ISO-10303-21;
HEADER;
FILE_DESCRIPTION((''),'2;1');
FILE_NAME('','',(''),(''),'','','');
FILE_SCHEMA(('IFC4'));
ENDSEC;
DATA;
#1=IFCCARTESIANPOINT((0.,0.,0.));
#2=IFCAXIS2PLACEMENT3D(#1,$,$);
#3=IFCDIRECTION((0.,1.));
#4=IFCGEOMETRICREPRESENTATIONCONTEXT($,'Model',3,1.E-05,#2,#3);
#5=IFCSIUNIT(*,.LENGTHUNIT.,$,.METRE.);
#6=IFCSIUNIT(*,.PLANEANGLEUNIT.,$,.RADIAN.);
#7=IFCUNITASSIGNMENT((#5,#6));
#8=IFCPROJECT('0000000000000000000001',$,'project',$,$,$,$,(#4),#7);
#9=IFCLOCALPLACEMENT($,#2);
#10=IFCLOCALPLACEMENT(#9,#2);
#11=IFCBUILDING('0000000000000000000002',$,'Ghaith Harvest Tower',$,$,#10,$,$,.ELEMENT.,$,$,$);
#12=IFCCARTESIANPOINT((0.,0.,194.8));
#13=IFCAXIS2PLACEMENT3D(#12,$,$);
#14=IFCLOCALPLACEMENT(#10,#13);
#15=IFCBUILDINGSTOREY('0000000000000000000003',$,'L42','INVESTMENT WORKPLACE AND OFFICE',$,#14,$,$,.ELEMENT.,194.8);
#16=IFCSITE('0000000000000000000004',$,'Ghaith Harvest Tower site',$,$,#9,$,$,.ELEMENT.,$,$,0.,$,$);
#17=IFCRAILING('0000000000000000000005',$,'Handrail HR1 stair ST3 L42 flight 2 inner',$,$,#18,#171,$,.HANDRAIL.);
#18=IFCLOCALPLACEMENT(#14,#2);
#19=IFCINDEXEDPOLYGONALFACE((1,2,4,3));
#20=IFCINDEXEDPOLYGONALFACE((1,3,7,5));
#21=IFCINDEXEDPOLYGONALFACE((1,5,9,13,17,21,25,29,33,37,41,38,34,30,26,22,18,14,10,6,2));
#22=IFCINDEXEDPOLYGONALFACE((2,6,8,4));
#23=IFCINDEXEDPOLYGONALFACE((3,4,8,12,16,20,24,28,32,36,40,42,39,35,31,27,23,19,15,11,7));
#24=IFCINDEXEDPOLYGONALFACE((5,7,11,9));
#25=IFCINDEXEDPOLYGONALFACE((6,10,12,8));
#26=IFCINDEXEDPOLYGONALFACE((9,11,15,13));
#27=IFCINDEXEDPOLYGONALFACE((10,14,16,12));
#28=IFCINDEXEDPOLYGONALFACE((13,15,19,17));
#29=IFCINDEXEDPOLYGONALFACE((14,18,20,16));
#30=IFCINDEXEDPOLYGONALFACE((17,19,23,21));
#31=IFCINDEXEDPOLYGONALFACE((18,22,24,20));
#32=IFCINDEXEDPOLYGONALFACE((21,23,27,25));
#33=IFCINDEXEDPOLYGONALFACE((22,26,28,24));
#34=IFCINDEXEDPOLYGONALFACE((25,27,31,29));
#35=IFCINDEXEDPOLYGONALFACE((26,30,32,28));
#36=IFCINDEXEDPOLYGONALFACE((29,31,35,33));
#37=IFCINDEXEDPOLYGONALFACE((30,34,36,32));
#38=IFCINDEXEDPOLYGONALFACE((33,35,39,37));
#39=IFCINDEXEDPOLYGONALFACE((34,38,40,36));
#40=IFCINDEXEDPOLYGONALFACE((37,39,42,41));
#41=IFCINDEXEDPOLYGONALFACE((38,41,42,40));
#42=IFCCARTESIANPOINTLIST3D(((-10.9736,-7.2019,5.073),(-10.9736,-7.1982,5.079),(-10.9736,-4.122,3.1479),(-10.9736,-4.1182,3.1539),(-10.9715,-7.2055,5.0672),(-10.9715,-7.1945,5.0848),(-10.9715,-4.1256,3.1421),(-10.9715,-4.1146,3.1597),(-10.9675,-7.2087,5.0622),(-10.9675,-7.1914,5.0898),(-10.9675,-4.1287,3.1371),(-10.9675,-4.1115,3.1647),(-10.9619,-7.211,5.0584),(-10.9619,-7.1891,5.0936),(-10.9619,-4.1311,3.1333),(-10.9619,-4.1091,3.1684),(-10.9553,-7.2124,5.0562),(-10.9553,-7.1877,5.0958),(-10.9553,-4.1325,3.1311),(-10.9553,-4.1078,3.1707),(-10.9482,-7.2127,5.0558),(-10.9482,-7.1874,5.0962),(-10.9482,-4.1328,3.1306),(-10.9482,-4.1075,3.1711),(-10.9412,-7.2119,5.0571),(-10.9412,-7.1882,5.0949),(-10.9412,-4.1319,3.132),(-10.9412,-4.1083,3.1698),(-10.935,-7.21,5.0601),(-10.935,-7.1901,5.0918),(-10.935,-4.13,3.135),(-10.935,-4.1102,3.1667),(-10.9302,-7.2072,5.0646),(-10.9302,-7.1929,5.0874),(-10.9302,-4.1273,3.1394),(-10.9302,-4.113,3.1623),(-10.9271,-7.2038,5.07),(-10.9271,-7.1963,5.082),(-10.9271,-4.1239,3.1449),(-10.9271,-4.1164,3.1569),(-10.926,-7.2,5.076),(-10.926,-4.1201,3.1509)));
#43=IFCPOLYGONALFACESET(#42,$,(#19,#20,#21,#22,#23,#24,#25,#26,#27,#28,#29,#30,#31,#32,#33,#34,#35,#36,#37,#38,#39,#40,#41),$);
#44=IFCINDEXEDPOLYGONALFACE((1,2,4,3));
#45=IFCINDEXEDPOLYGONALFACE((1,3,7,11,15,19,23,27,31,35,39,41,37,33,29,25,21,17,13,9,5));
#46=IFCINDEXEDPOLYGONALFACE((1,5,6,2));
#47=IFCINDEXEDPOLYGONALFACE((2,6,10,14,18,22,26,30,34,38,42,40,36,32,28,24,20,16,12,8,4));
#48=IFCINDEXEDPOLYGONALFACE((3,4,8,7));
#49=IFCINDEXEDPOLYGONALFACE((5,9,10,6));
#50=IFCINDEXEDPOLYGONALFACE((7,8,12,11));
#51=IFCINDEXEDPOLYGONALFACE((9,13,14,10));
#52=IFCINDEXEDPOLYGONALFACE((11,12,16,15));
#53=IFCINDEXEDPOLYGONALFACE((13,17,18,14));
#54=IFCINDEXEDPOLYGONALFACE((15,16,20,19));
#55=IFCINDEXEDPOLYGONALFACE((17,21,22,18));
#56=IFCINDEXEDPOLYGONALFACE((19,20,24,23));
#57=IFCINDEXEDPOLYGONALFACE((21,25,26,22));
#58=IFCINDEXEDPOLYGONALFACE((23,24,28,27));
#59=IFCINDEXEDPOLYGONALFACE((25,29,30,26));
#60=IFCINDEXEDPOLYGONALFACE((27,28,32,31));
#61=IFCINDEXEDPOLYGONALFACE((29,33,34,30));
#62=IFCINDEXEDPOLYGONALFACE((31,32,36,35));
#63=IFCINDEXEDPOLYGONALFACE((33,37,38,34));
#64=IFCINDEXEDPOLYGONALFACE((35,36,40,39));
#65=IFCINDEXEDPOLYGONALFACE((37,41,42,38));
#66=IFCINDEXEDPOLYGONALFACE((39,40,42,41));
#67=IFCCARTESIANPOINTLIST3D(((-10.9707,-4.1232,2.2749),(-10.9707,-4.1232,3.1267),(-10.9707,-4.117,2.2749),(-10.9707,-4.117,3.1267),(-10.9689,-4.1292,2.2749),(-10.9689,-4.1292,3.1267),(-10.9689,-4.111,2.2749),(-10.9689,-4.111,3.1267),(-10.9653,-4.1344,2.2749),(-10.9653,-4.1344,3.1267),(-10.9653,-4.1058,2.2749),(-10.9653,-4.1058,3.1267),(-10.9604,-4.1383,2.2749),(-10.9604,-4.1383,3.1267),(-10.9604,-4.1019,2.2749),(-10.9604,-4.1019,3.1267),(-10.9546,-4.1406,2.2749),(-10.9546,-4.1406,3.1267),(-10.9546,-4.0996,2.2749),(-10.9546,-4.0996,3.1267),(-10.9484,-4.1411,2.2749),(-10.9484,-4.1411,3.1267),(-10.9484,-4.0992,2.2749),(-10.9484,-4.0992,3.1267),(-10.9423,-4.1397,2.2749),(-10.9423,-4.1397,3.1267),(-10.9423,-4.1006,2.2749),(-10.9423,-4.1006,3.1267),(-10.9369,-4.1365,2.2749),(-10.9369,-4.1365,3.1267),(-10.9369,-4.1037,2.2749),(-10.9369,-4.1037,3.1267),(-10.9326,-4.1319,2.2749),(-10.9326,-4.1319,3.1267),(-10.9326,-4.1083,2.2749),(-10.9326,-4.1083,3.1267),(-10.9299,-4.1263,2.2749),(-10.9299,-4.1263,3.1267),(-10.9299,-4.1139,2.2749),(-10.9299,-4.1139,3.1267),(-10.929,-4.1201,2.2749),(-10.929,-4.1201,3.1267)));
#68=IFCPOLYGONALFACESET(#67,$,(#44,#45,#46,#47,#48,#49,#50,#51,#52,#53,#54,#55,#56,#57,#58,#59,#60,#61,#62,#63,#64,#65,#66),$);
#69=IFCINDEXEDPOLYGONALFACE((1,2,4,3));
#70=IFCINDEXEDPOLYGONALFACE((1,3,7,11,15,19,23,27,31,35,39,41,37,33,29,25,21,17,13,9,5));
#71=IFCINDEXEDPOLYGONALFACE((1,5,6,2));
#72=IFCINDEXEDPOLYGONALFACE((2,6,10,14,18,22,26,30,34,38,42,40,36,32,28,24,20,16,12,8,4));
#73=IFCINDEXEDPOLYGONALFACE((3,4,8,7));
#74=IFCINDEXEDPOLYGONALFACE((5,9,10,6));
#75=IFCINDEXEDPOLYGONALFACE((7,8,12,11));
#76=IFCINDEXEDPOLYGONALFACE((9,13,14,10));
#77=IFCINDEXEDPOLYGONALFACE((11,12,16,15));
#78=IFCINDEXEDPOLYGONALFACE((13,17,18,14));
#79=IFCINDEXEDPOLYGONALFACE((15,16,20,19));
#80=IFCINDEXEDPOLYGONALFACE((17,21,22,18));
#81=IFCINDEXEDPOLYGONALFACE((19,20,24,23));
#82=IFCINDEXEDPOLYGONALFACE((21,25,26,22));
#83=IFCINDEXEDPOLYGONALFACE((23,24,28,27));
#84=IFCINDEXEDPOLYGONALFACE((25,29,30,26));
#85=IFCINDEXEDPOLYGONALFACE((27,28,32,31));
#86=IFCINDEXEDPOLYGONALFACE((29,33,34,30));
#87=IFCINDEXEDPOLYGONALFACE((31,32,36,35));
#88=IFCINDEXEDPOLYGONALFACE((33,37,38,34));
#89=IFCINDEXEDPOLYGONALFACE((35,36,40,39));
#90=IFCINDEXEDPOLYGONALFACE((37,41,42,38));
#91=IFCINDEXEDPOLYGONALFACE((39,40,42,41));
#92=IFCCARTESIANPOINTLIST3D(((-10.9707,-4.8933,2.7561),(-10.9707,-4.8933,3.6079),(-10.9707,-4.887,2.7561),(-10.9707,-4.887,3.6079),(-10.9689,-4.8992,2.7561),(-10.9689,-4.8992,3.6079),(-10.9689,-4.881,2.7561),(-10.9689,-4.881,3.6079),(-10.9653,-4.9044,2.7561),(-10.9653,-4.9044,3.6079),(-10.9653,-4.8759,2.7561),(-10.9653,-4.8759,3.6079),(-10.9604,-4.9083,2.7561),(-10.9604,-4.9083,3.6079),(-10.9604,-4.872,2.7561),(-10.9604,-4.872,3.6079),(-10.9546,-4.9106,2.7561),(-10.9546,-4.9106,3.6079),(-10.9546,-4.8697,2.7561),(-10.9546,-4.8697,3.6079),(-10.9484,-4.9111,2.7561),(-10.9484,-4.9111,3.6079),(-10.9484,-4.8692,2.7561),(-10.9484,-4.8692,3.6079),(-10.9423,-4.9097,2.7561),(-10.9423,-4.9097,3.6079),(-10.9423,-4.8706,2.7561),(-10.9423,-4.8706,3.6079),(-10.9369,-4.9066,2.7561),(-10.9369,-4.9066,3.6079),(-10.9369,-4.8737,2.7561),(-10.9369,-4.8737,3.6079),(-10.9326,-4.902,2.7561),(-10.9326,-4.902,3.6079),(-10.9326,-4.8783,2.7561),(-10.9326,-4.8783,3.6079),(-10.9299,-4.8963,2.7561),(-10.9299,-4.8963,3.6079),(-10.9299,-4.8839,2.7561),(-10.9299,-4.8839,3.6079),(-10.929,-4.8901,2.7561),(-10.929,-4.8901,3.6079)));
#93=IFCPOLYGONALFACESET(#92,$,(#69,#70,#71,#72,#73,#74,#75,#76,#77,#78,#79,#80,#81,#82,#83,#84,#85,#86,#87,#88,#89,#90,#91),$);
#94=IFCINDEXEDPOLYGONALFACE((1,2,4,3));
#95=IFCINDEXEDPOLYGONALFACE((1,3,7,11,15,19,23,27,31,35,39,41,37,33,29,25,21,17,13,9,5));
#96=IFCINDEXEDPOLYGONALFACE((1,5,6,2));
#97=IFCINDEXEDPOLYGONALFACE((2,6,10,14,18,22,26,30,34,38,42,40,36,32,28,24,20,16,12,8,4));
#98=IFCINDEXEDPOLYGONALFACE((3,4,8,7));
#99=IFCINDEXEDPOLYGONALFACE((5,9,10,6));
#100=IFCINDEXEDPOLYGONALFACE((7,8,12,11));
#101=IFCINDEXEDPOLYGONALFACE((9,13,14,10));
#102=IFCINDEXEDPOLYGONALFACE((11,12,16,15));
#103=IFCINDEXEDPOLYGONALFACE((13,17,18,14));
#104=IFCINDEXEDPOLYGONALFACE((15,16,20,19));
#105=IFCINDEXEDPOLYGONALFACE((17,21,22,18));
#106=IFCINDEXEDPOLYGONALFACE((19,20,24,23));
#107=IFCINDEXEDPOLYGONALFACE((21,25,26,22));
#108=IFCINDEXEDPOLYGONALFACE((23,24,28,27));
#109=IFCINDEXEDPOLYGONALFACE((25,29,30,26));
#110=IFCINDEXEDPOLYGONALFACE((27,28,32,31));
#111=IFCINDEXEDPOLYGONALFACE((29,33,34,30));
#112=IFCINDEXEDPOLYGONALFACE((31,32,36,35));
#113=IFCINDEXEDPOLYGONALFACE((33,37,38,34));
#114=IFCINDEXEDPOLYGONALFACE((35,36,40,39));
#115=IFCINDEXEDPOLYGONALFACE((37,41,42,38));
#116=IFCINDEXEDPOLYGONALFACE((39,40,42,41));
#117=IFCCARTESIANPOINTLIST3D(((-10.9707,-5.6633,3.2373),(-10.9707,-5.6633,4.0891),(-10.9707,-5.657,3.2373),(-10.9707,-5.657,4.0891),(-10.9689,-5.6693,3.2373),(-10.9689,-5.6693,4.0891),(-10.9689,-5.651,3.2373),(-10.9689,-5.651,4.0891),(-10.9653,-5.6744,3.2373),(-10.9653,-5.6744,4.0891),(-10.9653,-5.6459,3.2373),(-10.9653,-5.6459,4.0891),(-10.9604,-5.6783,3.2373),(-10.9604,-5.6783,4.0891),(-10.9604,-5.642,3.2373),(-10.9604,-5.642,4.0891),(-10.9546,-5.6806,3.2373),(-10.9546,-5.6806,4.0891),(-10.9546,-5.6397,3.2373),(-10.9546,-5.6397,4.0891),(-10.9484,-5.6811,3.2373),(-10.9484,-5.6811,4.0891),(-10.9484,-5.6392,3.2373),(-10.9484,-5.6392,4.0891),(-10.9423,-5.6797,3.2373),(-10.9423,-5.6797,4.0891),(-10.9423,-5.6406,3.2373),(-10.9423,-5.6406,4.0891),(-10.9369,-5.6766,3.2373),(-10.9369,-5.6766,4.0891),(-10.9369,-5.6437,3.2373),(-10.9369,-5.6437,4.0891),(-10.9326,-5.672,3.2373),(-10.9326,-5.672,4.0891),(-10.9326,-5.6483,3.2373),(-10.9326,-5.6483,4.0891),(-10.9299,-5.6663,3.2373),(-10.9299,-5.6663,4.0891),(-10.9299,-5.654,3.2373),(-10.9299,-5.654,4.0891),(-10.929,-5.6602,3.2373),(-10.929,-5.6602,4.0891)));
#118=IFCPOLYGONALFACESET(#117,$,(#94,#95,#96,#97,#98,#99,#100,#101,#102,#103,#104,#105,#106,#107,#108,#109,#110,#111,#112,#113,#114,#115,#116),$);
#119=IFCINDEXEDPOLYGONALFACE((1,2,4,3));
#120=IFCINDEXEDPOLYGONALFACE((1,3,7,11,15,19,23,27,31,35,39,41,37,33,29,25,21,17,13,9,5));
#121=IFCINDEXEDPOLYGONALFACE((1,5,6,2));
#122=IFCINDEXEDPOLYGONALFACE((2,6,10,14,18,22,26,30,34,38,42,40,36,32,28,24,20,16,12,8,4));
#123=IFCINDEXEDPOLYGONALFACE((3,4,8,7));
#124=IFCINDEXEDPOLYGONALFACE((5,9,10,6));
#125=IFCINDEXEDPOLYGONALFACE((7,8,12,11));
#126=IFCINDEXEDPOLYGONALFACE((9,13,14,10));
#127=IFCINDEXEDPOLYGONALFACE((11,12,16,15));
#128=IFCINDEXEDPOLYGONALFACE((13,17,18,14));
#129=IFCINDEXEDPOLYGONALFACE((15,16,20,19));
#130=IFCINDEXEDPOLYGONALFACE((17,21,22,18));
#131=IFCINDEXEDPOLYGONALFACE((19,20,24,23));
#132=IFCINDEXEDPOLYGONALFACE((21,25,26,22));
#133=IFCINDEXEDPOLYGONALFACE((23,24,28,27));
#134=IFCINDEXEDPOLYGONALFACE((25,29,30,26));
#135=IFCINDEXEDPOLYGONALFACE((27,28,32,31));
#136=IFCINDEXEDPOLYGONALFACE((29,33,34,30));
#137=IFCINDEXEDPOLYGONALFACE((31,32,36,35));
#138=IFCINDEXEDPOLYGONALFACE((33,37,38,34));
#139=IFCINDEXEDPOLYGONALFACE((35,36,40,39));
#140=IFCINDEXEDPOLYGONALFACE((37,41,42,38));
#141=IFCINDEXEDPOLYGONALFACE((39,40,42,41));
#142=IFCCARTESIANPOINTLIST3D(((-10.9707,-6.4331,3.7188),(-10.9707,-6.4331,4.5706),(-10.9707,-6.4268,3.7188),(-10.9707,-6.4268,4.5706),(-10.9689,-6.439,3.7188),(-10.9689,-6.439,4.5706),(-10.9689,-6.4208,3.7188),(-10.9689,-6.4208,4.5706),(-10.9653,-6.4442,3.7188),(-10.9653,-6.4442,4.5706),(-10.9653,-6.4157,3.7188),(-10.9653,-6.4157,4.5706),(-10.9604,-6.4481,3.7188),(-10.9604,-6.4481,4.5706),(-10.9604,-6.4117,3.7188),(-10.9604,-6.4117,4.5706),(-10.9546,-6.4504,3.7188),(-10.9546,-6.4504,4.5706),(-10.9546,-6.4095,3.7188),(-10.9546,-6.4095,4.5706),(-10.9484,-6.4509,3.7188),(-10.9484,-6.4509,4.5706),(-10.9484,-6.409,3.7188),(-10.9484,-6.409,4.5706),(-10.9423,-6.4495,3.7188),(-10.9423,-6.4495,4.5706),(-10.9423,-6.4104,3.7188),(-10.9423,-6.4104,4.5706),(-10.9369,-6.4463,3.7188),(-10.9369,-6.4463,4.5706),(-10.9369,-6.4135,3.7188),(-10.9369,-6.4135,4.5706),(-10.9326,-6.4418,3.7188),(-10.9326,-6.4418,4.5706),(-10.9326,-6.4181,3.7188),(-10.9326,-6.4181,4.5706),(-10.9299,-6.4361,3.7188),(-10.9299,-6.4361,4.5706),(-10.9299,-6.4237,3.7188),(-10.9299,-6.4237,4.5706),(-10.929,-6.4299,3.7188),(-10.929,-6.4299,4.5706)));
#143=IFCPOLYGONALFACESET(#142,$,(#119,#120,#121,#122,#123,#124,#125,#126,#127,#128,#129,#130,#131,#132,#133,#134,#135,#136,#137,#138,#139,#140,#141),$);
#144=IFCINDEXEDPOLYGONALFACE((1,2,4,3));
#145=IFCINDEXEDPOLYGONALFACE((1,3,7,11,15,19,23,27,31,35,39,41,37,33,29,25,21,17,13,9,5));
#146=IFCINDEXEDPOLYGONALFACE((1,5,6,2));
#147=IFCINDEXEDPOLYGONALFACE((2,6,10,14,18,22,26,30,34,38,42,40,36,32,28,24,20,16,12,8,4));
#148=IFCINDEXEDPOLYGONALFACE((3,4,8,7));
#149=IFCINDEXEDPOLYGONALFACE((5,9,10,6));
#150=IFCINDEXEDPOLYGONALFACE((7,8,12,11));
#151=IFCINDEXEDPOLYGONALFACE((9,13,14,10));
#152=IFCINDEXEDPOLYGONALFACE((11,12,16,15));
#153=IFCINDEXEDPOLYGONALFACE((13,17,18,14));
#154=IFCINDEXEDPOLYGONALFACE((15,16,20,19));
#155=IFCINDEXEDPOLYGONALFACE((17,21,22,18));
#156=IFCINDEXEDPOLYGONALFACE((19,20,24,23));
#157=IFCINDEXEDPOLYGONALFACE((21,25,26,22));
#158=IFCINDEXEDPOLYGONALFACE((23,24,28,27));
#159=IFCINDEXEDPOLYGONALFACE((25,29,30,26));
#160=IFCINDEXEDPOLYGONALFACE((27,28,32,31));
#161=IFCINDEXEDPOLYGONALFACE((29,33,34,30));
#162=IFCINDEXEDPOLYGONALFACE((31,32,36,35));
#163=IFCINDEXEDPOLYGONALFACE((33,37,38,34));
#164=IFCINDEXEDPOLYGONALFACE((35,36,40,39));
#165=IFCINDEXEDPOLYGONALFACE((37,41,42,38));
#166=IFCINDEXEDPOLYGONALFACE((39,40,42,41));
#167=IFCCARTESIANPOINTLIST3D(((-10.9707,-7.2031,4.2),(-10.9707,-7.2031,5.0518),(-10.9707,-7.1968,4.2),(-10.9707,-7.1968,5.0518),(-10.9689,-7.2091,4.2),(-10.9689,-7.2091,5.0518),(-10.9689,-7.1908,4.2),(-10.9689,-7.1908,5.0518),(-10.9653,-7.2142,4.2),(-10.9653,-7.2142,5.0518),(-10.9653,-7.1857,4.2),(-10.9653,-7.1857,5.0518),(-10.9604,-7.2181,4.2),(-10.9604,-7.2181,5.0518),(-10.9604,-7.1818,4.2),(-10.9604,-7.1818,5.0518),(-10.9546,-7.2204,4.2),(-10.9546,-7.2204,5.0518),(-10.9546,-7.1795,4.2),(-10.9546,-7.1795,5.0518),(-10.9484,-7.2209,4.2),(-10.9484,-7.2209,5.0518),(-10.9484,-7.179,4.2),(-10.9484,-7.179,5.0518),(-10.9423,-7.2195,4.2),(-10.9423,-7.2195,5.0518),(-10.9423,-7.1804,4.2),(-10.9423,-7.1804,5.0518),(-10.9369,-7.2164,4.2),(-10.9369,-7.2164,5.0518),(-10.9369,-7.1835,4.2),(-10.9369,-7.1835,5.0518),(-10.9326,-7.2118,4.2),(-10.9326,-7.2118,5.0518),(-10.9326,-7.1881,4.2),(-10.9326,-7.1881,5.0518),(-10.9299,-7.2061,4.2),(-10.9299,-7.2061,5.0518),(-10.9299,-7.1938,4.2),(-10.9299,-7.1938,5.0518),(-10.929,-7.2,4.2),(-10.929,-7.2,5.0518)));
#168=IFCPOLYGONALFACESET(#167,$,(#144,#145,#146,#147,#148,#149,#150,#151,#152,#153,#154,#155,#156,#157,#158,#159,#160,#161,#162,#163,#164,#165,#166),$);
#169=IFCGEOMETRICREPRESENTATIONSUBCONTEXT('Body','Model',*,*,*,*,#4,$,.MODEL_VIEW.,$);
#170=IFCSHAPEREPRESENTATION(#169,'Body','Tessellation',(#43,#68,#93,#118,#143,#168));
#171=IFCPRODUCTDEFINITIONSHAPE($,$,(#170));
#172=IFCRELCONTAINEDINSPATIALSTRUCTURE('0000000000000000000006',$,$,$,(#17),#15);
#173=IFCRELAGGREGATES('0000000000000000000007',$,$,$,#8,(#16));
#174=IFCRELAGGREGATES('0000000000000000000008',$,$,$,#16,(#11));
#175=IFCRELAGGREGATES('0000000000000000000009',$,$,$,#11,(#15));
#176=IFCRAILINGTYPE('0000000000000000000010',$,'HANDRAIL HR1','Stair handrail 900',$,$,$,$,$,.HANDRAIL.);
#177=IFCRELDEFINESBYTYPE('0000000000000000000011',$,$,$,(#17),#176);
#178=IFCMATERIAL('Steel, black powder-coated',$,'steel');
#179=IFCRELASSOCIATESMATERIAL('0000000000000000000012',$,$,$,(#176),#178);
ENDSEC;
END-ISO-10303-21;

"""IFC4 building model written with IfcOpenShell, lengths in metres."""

from ifc_helpers import new_model, si_unit, direction, frame, origin, origin_2d, place, context, subcontext, project, spatial, circle, extrude, material, type_object, element, save


model = new_model("IFC4")

# Units and contexts
model_context = context("Model", 3, precision=1e-05, world=origin(), true_north=direction((0.0, 1.0)))
body_context = subcontext(model_context, "Body", "Model", "MODEL_VIEW")
ifc_project = project(units=[si_unit("LENGTHUNIT", "METRE"), si_unit("PLANEANGLEUNIT", "RADIAN")], contexts=[model_context])

# Site, building, storey
site_placement = place(None, origin())
site = spatial("IfcSite", under=ifc_project, at=site_placement, Name="Ghaith Harvest Tower site", CompositionType="ELEMENT", RefElevation=0.0)
building_placement = place(site_placement, origin())
building = spatial("IfcBuilding", under=site, at=building_placement, Name="Ghaith Harvest Tower", CompositionType="ELEMENT")
storey_placement = place(building_placement, frame((0.0, 0.0, 194.8)))
storey = spatial("IfcBuildingStorey", under=building, at=storey_placement, Name="L42", Description="INVESTMENT WORKPLACE AND OFFICE", CompositionType="ELEMENT", Elevation=194.8)

# Railing
ifc_material_1 = material(Name="Steel, black powder-coated", Category="steel")
railing_type = type_object("IfcRailingType", Name="HANDRAIL HR1", Description="Stair handrail 900", PredefinedType="HANDRAIL", material=ifc_material_1)
railing_1_placement = place(storey_placement, frame((-10.95, -4.1201, 2.2749)))
element("IfcRailing", 1, at=railing_1_placement, inside=storey, type_object=railing_type, Name="Handrail HR1 stair ST3 L42 flight 2 inner", PredefinedType="HANDRAIL", context=body_context, shape_type="SweptSolid", body=[
    extrude(circle(Radius=0.0239, at=origin_2d()), frame((0.0, 0.0, 0.876), z_axis=(0.0, -0.847979, 0.530029), x_axis=(1.0, 0.0, 0.0)), (0.0, 0.0, 1.0), 3.6321),
    extrude(circle(Radius=0.021, at=origin_2d()), origin(), (0.0, 0.0, 1.0), 0.8518),
    extrude(circle(Radius=0.021, at=origin_2d()), frame((0.0, -0.77, 0.4812)), (0.0, 0.0, 1.0), 0.8518),
    extrude(circle(Radius=0.021, at=origin_2d()), frame((0.0, -1.54, 0.9624)), (0.0, 0.0, 1.0), 0.8518),
    extrude(circle(Radius=0.021, at=origin_2d()), frame((0.0, -2.3098, 1.4438)), (0.0, 0.0, 1.0), 0.8518),
    extrude(circle(Radius=0.021, at=origin_2d()), frame((0.0, -3.0798, 1.925)), (0.0, 0.0, 1.0), 0.8518),
])

save(model, "model.ifc")
